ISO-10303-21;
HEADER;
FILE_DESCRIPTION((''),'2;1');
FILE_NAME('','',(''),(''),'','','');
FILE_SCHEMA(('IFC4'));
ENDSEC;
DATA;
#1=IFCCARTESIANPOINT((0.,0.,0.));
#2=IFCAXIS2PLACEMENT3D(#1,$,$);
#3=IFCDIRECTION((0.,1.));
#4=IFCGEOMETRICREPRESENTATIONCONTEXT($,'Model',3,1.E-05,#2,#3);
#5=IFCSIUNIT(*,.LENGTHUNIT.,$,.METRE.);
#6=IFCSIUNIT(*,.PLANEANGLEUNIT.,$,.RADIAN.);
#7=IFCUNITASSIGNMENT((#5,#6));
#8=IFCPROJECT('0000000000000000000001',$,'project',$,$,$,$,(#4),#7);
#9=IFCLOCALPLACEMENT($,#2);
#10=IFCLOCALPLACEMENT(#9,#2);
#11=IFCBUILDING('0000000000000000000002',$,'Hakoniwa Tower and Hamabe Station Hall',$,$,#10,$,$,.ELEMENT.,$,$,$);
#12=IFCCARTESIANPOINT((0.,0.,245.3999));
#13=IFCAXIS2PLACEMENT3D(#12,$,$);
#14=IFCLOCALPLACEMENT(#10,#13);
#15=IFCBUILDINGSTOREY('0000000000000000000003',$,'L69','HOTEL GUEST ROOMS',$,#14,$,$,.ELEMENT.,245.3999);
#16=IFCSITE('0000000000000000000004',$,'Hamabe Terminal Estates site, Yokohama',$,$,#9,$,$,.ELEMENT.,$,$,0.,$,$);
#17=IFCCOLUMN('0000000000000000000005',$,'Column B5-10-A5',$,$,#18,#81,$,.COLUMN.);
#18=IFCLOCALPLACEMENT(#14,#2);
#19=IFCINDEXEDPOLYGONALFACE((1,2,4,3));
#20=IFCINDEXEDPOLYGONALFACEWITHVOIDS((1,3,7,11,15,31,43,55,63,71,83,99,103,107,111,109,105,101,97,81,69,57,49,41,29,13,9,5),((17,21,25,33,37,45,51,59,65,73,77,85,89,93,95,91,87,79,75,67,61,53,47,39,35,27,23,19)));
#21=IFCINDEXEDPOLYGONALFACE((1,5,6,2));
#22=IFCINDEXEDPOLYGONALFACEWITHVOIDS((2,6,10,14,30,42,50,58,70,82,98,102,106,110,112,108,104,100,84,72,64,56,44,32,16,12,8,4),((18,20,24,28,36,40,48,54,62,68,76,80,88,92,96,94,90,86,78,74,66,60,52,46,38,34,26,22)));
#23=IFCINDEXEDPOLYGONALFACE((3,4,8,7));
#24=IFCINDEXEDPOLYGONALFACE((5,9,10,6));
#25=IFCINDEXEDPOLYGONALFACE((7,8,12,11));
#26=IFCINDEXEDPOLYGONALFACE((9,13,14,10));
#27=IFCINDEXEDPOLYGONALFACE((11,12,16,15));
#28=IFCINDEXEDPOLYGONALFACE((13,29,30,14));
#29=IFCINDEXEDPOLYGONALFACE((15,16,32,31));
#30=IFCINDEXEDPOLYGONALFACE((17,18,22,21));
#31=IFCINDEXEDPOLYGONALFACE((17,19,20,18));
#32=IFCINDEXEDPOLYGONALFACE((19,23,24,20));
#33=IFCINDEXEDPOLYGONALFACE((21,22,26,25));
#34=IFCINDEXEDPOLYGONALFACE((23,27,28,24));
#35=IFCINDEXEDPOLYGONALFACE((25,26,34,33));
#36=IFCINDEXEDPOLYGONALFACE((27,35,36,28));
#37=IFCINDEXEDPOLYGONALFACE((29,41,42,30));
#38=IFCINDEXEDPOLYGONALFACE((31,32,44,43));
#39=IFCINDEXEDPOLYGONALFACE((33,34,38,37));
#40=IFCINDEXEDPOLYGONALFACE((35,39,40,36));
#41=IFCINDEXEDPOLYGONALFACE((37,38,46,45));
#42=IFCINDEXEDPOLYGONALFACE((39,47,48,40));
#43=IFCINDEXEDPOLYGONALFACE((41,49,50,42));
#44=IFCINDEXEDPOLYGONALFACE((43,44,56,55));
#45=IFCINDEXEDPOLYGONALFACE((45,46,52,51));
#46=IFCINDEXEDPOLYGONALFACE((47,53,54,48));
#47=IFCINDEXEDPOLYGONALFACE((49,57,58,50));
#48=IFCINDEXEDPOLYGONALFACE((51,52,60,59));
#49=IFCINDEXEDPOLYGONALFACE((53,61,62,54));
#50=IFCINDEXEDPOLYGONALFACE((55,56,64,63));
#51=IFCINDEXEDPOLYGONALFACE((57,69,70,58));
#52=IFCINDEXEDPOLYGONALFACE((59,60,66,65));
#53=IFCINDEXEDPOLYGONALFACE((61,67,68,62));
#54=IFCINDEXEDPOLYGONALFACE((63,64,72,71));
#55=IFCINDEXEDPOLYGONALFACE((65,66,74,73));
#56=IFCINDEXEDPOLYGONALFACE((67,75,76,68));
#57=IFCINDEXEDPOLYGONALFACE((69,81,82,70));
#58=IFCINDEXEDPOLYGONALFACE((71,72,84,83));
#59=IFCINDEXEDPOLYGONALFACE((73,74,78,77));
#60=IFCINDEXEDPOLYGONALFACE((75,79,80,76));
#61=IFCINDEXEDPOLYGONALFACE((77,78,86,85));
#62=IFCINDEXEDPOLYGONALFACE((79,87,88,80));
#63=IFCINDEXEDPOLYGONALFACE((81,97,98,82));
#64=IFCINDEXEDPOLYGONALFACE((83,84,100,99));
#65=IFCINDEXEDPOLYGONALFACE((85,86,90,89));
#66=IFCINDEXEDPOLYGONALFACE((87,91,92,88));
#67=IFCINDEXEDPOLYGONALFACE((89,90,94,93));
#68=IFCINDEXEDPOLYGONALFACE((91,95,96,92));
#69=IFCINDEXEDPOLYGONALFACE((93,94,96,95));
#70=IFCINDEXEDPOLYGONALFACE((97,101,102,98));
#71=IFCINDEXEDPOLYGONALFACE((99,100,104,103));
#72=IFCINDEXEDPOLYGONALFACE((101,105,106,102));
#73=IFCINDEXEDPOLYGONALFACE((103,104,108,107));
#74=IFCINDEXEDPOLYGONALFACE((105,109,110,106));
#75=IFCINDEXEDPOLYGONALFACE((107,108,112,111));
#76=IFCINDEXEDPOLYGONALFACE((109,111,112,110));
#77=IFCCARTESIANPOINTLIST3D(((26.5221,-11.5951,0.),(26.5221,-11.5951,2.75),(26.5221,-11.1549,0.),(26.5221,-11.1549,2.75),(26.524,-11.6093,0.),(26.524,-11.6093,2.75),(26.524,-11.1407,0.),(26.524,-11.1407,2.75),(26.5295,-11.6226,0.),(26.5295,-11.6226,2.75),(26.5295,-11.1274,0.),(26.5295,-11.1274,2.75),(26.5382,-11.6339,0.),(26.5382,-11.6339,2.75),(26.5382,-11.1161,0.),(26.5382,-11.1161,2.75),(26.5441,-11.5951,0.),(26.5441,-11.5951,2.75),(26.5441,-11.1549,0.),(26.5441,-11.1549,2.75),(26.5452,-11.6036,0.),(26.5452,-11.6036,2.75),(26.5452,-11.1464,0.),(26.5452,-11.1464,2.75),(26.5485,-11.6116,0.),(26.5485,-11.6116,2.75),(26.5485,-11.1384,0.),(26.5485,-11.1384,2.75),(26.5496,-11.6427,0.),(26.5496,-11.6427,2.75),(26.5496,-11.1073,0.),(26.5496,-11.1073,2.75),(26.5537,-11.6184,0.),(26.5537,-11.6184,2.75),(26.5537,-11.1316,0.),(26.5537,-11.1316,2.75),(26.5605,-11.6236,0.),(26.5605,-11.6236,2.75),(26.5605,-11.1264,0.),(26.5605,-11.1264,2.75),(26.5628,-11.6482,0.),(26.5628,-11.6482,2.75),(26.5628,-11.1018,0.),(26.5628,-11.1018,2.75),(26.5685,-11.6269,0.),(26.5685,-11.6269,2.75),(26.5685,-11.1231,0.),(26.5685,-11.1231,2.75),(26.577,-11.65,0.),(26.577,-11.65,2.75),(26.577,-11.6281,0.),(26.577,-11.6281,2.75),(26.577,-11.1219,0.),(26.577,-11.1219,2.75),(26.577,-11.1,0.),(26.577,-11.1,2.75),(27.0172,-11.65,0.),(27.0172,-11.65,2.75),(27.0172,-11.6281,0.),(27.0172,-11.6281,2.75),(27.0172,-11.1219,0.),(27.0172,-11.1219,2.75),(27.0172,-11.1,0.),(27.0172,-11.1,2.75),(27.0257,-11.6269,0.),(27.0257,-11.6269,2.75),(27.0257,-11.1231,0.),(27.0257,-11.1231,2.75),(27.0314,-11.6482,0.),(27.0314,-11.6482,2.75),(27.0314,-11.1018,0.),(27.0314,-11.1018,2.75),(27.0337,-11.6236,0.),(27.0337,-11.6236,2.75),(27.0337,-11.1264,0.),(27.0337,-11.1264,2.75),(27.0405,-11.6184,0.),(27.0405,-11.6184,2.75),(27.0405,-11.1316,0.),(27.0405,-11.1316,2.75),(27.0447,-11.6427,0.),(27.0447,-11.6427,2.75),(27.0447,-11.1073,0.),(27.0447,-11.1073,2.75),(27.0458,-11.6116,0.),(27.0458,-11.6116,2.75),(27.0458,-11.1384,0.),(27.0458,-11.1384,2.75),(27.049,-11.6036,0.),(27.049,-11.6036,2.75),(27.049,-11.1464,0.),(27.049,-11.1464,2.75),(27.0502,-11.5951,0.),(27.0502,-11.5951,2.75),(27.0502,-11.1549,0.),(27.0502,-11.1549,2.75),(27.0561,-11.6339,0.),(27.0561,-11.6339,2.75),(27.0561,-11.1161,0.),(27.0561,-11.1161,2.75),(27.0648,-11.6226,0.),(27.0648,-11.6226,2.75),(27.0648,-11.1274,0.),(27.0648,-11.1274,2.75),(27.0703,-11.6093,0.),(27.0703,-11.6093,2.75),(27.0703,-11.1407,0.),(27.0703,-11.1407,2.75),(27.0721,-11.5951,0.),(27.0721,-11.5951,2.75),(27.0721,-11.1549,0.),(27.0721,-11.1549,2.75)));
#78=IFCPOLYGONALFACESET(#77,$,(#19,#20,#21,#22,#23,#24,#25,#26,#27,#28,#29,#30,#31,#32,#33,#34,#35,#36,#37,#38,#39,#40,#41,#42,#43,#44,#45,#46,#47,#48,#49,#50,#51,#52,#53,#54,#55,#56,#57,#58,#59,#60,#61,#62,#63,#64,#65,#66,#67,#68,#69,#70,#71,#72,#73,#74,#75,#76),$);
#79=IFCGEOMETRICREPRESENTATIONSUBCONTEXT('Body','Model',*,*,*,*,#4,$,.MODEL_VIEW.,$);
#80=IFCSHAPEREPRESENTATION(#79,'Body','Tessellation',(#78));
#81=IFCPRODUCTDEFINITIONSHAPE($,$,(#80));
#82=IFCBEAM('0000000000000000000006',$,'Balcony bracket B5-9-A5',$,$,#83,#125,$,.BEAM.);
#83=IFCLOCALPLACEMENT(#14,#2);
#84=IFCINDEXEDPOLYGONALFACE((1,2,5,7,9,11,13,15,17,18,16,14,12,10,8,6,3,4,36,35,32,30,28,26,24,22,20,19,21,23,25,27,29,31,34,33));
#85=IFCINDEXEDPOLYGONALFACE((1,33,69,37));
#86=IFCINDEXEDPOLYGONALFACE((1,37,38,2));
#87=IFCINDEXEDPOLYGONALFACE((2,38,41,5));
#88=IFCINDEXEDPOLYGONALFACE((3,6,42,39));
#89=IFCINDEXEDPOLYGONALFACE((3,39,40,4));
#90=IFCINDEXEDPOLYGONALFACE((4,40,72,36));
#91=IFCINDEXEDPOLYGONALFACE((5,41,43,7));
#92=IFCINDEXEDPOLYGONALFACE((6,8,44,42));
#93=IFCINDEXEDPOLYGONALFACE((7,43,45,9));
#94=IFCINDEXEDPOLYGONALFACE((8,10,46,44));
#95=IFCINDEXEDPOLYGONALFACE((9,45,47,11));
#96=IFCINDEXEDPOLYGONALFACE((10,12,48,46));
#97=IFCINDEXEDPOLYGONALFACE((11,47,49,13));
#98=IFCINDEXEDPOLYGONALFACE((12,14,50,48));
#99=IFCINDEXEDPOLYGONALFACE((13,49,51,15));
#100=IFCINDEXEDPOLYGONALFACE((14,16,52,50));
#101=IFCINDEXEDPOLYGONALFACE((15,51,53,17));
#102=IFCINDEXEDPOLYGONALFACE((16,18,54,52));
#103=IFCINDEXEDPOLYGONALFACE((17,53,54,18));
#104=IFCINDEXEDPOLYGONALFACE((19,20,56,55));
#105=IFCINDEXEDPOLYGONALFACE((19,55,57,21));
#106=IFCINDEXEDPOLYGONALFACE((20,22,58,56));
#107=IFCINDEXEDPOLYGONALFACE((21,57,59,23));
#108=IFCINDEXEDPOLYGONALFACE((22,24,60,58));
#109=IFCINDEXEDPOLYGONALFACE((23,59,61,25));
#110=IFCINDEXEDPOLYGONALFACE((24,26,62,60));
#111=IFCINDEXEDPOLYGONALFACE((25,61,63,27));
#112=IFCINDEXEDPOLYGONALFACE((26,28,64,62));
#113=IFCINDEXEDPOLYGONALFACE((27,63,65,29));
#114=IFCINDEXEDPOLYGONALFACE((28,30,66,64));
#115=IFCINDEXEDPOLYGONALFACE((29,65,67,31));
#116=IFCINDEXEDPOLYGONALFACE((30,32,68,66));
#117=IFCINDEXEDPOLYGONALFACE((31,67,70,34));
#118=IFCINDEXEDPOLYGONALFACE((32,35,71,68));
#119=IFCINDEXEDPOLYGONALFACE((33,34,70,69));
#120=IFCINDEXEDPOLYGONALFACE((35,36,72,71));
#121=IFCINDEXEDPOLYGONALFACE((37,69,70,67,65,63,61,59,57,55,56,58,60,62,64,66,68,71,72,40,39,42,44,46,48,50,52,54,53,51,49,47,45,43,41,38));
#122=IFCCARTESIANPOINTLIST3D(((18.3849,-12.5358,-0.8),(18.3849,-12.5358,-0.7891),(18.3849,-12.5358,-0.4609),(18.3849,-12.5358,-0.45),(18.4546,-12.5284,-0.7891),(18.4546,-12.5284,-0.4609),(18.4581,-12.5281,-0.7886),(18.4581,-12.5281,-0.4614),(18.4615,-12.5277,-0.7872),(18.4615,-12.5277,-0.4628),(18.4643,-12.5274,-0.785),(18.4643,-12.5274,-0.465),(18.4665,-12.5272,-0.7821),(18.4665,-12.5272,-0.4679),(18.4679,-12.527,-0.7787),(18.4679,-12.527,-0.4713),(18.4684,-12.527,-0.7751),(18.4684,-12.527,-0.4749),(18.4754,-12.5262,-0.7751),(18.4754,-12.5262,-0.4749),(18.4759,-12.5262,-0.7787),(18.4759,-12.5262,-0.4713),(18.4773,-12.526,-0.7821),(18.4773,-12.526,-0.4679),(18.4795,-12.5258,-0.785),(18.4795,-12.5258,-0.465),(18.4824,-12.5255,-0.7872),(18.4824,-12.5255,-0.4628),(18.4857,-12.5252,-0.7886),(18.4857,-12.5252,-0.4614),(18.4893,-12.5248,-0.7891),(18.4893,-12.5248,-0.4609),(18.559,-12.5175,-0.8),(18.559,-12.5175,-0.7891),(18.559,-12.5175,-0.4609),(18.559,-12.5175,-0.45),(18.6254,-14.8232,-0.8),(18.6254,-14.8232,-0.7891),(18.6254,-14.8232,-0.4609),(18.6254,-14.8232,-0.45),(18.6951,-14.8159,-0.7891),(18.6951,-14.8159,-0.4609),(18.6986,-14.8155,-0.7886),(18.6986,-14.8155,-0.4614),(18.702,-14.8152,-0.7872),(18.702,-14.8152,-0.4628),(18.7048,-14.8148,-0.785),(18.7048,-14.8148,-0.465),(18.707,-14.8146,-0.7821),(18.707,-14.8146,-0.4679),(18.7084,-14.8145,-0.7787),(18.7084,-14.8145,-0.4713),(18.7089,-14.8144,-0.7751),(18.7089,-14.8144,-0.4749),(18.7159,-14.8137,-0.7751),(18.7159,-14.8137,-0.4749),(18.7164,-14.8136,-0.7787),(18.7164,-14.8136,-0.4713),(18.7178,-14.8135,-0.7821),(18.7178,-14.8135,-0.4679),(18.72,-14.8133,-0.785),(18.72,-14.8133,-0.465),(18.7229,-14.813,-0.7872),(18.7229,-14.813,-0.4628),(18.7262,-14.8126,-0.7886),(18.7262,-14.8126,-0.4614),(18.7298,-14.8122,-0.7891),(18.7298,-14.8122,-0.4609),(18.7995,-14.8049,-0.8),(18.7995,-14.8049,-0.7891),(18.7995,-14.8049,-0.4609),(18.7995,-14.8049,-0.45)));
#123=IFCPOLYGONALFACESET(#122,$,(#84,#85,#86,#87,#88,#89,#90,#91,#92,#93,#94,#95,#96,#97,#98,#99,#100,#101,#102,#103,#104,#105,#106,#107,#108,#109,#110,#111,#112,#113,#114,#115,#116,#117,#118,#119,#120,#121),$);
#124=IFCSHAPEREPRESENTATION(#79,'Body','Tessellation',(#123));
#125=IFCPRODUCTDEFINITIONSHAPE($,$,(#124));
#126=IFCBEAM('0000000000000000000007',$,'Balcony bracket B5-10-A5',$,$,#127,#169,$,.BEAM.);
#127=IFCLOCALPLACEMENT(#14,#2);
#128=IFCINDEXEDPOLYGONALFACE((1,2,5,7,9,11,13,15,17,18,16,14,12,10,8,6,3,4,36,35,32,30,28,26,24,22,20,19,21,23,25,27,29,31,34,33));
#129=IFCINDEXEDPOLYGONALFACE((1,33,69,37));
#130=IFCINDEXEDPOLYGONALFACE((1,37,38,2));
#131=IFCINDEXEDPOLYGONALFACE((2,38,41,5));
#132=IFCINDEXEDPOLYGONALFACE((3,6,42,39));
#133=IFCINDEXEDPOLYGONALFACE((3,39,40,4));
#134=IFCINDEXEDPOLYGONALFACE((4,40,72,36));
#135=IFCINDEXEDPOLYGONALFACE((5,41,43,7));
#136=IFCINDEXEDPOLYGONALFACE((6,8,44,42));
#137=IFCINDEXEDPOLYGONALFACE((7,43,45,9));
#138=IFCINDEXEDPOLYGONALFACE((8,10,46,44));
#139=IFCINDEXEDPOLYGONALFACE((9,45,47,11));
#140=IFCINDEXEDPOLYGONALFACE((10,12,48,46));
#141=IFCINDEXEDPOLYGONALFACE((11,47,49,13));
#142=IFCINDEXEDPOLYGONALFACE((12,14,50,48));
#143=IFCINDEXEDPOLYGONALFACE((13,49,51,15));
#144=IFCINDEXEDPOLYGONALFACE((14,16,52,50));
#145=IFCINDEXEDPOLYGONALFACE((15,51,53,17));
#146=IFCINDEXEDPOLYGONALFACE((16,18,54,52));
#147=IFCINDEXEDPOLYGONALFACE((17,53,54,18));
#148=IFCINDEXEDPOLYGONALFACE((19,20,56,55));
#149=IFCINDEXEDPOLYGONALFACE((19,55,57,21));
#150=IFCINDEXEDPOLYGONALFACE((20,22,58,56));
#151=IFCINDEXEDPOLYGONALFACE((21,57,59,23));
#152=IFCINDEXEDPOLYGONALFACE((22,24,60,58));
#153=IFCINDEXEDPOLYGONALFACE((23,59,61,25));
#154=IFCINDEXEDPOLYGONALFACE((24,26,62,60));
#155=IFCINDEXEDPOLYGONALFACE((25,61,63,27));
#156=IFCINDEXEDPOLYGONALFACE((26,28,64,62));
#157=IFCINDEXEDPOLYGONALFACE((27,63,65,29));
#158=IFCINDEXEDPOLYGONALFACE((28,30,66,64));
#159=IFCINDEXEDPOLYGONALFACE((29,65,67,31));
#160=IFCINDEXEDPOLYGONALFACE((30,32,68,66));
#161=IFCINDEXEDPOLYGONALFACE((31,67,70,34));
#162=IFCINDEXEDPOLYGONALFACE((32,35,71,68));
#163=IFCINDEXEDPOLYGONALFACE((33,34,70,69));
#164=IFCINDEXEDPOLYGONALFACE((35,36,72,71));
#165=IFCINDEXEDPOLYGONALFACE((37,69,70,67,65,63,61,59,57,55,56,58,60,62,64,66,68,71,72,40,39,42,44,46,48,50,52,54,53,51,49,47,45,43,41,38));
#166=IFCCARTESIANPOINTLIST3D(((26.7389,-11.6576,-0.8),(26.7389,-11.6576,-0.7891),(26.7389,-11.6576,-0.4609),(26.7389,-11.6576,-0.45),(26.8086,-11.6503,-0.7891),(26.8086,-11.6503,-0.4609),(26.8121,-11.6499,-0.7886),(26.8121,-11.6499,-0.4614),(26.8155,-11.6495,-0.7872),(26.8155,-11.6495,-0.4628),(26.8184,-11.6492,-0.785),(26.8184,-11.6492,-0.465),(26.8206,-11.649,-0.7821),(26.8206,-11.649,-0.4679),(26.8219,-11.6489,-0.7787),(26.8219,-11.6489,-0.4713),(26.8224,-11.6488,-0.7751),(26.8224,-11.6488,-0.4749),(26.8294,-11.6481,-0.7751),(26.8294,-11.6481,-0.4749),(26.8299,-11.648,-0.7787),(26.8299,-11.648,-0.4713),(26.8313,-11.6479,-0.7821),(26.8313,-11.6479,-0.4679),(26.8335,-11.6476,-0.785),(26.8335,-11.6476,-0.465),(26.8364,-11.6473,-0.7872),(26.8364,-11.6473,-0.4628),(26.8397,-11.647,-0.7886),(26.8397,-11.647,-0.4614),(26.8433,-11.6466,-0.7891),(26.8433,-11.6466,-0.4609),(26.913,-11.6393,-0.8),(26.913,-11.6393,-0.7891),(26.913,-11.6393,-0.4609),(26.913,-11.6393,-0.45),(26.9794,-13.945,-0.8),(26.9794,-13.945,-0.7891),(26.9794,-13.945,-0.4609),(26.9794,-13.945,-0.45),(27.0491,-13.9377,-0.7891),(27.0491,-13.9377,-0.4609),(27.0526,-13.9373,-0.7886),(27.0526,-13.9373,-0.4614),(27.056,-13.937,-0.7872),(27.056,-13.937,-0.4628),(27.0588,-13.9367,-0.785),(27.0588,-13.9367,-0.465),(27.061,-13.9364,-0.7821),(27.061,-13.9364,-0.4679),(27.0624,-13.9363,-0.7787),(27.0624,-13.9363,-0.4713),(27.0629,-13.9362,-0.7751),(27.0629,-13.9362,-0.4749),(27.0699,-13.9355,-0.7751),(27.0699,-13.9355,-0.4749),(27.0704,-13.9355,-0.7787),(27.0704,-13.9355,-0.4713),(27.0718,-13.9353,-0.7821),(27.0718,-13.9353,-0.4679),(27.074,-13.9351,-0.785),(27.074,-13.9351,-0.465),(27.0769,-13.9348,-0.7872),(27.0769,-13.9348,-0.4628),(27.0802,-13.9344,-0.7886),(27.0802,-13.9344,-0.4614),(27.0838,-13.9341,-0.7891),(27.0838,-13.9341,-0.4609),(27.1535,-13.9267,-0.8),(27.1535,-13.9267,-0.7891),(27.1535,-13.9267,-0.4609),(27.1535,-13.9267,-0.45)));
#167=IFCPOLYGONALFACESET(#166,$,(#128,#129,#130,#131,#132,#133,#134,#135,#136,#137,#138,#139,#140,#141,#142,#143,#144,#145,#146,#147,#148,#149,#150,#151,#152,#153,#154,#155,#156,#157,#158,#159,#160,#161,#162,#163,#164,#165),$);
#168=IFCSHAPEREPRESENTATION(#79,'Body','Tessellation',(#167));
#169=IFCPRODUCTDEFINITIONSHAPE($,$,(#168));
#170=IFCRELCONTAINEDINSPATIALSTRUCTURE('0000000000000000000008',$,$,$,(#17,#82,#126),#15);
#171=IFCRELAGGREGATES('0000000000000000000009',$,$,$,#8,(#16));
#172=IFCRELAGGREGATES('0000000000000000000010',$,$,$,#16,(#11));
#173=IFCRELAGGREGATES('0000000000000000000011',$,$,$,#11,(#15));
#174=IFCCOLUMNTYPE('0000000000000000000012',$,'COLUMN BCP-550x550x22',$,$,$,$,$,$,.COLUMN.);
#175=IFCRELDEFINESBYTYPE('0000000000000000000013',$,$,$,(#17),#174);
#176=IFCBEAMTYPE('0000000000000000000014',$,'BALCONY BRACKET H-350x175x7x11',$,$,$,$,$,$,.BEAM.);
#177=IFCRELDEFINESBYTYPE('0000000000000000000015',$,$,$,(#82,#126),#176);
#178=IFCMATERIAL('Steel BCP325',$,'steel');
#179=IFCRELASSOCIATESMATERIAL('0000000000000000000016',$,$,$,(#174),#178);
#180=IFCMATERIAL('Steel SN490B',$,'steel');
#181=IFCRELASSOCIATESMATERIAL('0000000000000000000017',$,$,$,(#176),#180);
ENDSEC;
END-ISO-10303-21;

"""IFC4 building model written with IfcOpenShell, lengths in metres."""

from ifc_helpers import new_model, si_unit, direction, frame, origin, origin_2d, place, context, subcontext, project, spatial, hollow_rectangle, i_section, extrude, material, material_profile, profile_set, type_object, element, save


model = new_model("IFC4")

# Units and contexts
model_context = context("Model", 3, precision=1e-05, world=origin(), true_north=direction((0.0, 1.0)))
body_context = subcontext(model_context, "Body", "Model", "MODEL_VIEW")
ifc_project = project(units=[si_unit("LENGTHUNIT", "METRE"), si_unit("PLANEANGLEUNIT", "RADIAN")], contexts=[model_context])

# Site, building, storey
site_placement = place(None, origin())
site = spatial("IfcSite", under=ifc_project, at=site_placement, Name="Hamabe Terminal Estates site, Yokohama", CompositionType="ELEMENT", RefElevation=0.0)
building_placement = place(site_placement, origin())
building = spatial("IfcBuilding", under=site, at=building_placement, Name="Hakoniwa Tower and Hamabe Station Hall", CompositionType="ELEMENT")
storey_placement = place(building_placement, frame((0.0, 0.0, 245.3999)))
storey = spatial("IfcBuildingStorey", under=building, at=storey_placement, Name="L69", Description="HOTEL GUEST ROOMS", CompositionType="ELEMENT", Elevation=245.3999)

# Column
ifc_material_1 = material(Name="Steel BCP325", Category="steel")
ifc_material_profile_1 = material_profile(ifc_material_1, hollow_rectangle(XDim=0.55, YDim=0.55, WallThickness=0.022, InnerFilletRadius=0.033, OuterFilletRadius=0.0549, at=origin_2d()), Name="BCP-550x550x22")
ifc_profile_set_1 = profile_set([ifc_material_profile_1], Name="Steel BCP325")
column_type = type_object("IfcColumnType", Name="COLUMN BCP-550x550x22", PredefinedType="COLUMN", material=ifc_profile_set_1)
column_placement = place(storey_placement, frame((26.7971, -11.375, 0.0), z_axis=(0.0, 0.0, 1.0), x_axis=(1.0, 0.0, 0.0)))
element("IfcColumn", 1, at=column_placement, inside=storey, type_object=column_type, Name="Column B5-10-A5", PredefinedType="COLUMN", context=body_context, shape_type="SweptSolid", body=[
    extrude(hollow_rectangle(XDim=0.55, YDim=0.55, WallThickness=0.022, InnerFilletRadius=0.033, OuterFilletRadius=0.0549, at=origin_2d()), origin(), (0.0, 0.0, 1.0), 2.75),
])

# Beams
ifc_material_2 = material(Name="Steel SN490B", Category="steel")
ifc_material_profile_2 = material_profile(ifc_material_2, i_section(OverallWidth=0.175, OverallDepth=0.3501, WebThickness=0.0071, FlangeThickness=0.011, FilletRadius=0.0139, at=origin_2d()), Name="H-350x175x7x11")
ifc_profile_set_2 = profile_set([ifc_material_profile_2], Name="Steel SN490B")
beam_type_1 = type_object("IfcBeamType", Name="BALCONY BRACKET H-350x175x7x11", PredefinedType="BEAM", material=ifc_profile_set_2)
for number, where, z_axis, x_axis, name in (
    (2, (18.4719, -12.5266, -0.625), (0.104558, -0.994519, 0.0), (0.994519, 0.104558, 0.0), "Balcony bracket B5-9-A5"),
    (3, (26.8259, -11.6484, -0.625), (0.104558, -0.994519, 0.0), (0.994519, 0.104558, 0.0), "Balcony bracket B5-10-A5"),
):
    element("IfcBeam", number, at=place(storey_placement, frame(where, z_axis=z_axis, x_axis=x_axis)), inside=storey, type_object=beam_type_1, Name=name, PredefinedType="BEAM", context=body_context, shape_type="SweptSolid", body=[
        extrude(i_section(OverallWidth=0.175, OverallDepth=0.3501, WebThickness=0.0071, FlangeThickness=0.011, FilletRadius=0.0139, at=origin_2d()), origin(), (0.0, 0.0, 1.0), 2.3),
    ])

save(model, "model.ifc")
